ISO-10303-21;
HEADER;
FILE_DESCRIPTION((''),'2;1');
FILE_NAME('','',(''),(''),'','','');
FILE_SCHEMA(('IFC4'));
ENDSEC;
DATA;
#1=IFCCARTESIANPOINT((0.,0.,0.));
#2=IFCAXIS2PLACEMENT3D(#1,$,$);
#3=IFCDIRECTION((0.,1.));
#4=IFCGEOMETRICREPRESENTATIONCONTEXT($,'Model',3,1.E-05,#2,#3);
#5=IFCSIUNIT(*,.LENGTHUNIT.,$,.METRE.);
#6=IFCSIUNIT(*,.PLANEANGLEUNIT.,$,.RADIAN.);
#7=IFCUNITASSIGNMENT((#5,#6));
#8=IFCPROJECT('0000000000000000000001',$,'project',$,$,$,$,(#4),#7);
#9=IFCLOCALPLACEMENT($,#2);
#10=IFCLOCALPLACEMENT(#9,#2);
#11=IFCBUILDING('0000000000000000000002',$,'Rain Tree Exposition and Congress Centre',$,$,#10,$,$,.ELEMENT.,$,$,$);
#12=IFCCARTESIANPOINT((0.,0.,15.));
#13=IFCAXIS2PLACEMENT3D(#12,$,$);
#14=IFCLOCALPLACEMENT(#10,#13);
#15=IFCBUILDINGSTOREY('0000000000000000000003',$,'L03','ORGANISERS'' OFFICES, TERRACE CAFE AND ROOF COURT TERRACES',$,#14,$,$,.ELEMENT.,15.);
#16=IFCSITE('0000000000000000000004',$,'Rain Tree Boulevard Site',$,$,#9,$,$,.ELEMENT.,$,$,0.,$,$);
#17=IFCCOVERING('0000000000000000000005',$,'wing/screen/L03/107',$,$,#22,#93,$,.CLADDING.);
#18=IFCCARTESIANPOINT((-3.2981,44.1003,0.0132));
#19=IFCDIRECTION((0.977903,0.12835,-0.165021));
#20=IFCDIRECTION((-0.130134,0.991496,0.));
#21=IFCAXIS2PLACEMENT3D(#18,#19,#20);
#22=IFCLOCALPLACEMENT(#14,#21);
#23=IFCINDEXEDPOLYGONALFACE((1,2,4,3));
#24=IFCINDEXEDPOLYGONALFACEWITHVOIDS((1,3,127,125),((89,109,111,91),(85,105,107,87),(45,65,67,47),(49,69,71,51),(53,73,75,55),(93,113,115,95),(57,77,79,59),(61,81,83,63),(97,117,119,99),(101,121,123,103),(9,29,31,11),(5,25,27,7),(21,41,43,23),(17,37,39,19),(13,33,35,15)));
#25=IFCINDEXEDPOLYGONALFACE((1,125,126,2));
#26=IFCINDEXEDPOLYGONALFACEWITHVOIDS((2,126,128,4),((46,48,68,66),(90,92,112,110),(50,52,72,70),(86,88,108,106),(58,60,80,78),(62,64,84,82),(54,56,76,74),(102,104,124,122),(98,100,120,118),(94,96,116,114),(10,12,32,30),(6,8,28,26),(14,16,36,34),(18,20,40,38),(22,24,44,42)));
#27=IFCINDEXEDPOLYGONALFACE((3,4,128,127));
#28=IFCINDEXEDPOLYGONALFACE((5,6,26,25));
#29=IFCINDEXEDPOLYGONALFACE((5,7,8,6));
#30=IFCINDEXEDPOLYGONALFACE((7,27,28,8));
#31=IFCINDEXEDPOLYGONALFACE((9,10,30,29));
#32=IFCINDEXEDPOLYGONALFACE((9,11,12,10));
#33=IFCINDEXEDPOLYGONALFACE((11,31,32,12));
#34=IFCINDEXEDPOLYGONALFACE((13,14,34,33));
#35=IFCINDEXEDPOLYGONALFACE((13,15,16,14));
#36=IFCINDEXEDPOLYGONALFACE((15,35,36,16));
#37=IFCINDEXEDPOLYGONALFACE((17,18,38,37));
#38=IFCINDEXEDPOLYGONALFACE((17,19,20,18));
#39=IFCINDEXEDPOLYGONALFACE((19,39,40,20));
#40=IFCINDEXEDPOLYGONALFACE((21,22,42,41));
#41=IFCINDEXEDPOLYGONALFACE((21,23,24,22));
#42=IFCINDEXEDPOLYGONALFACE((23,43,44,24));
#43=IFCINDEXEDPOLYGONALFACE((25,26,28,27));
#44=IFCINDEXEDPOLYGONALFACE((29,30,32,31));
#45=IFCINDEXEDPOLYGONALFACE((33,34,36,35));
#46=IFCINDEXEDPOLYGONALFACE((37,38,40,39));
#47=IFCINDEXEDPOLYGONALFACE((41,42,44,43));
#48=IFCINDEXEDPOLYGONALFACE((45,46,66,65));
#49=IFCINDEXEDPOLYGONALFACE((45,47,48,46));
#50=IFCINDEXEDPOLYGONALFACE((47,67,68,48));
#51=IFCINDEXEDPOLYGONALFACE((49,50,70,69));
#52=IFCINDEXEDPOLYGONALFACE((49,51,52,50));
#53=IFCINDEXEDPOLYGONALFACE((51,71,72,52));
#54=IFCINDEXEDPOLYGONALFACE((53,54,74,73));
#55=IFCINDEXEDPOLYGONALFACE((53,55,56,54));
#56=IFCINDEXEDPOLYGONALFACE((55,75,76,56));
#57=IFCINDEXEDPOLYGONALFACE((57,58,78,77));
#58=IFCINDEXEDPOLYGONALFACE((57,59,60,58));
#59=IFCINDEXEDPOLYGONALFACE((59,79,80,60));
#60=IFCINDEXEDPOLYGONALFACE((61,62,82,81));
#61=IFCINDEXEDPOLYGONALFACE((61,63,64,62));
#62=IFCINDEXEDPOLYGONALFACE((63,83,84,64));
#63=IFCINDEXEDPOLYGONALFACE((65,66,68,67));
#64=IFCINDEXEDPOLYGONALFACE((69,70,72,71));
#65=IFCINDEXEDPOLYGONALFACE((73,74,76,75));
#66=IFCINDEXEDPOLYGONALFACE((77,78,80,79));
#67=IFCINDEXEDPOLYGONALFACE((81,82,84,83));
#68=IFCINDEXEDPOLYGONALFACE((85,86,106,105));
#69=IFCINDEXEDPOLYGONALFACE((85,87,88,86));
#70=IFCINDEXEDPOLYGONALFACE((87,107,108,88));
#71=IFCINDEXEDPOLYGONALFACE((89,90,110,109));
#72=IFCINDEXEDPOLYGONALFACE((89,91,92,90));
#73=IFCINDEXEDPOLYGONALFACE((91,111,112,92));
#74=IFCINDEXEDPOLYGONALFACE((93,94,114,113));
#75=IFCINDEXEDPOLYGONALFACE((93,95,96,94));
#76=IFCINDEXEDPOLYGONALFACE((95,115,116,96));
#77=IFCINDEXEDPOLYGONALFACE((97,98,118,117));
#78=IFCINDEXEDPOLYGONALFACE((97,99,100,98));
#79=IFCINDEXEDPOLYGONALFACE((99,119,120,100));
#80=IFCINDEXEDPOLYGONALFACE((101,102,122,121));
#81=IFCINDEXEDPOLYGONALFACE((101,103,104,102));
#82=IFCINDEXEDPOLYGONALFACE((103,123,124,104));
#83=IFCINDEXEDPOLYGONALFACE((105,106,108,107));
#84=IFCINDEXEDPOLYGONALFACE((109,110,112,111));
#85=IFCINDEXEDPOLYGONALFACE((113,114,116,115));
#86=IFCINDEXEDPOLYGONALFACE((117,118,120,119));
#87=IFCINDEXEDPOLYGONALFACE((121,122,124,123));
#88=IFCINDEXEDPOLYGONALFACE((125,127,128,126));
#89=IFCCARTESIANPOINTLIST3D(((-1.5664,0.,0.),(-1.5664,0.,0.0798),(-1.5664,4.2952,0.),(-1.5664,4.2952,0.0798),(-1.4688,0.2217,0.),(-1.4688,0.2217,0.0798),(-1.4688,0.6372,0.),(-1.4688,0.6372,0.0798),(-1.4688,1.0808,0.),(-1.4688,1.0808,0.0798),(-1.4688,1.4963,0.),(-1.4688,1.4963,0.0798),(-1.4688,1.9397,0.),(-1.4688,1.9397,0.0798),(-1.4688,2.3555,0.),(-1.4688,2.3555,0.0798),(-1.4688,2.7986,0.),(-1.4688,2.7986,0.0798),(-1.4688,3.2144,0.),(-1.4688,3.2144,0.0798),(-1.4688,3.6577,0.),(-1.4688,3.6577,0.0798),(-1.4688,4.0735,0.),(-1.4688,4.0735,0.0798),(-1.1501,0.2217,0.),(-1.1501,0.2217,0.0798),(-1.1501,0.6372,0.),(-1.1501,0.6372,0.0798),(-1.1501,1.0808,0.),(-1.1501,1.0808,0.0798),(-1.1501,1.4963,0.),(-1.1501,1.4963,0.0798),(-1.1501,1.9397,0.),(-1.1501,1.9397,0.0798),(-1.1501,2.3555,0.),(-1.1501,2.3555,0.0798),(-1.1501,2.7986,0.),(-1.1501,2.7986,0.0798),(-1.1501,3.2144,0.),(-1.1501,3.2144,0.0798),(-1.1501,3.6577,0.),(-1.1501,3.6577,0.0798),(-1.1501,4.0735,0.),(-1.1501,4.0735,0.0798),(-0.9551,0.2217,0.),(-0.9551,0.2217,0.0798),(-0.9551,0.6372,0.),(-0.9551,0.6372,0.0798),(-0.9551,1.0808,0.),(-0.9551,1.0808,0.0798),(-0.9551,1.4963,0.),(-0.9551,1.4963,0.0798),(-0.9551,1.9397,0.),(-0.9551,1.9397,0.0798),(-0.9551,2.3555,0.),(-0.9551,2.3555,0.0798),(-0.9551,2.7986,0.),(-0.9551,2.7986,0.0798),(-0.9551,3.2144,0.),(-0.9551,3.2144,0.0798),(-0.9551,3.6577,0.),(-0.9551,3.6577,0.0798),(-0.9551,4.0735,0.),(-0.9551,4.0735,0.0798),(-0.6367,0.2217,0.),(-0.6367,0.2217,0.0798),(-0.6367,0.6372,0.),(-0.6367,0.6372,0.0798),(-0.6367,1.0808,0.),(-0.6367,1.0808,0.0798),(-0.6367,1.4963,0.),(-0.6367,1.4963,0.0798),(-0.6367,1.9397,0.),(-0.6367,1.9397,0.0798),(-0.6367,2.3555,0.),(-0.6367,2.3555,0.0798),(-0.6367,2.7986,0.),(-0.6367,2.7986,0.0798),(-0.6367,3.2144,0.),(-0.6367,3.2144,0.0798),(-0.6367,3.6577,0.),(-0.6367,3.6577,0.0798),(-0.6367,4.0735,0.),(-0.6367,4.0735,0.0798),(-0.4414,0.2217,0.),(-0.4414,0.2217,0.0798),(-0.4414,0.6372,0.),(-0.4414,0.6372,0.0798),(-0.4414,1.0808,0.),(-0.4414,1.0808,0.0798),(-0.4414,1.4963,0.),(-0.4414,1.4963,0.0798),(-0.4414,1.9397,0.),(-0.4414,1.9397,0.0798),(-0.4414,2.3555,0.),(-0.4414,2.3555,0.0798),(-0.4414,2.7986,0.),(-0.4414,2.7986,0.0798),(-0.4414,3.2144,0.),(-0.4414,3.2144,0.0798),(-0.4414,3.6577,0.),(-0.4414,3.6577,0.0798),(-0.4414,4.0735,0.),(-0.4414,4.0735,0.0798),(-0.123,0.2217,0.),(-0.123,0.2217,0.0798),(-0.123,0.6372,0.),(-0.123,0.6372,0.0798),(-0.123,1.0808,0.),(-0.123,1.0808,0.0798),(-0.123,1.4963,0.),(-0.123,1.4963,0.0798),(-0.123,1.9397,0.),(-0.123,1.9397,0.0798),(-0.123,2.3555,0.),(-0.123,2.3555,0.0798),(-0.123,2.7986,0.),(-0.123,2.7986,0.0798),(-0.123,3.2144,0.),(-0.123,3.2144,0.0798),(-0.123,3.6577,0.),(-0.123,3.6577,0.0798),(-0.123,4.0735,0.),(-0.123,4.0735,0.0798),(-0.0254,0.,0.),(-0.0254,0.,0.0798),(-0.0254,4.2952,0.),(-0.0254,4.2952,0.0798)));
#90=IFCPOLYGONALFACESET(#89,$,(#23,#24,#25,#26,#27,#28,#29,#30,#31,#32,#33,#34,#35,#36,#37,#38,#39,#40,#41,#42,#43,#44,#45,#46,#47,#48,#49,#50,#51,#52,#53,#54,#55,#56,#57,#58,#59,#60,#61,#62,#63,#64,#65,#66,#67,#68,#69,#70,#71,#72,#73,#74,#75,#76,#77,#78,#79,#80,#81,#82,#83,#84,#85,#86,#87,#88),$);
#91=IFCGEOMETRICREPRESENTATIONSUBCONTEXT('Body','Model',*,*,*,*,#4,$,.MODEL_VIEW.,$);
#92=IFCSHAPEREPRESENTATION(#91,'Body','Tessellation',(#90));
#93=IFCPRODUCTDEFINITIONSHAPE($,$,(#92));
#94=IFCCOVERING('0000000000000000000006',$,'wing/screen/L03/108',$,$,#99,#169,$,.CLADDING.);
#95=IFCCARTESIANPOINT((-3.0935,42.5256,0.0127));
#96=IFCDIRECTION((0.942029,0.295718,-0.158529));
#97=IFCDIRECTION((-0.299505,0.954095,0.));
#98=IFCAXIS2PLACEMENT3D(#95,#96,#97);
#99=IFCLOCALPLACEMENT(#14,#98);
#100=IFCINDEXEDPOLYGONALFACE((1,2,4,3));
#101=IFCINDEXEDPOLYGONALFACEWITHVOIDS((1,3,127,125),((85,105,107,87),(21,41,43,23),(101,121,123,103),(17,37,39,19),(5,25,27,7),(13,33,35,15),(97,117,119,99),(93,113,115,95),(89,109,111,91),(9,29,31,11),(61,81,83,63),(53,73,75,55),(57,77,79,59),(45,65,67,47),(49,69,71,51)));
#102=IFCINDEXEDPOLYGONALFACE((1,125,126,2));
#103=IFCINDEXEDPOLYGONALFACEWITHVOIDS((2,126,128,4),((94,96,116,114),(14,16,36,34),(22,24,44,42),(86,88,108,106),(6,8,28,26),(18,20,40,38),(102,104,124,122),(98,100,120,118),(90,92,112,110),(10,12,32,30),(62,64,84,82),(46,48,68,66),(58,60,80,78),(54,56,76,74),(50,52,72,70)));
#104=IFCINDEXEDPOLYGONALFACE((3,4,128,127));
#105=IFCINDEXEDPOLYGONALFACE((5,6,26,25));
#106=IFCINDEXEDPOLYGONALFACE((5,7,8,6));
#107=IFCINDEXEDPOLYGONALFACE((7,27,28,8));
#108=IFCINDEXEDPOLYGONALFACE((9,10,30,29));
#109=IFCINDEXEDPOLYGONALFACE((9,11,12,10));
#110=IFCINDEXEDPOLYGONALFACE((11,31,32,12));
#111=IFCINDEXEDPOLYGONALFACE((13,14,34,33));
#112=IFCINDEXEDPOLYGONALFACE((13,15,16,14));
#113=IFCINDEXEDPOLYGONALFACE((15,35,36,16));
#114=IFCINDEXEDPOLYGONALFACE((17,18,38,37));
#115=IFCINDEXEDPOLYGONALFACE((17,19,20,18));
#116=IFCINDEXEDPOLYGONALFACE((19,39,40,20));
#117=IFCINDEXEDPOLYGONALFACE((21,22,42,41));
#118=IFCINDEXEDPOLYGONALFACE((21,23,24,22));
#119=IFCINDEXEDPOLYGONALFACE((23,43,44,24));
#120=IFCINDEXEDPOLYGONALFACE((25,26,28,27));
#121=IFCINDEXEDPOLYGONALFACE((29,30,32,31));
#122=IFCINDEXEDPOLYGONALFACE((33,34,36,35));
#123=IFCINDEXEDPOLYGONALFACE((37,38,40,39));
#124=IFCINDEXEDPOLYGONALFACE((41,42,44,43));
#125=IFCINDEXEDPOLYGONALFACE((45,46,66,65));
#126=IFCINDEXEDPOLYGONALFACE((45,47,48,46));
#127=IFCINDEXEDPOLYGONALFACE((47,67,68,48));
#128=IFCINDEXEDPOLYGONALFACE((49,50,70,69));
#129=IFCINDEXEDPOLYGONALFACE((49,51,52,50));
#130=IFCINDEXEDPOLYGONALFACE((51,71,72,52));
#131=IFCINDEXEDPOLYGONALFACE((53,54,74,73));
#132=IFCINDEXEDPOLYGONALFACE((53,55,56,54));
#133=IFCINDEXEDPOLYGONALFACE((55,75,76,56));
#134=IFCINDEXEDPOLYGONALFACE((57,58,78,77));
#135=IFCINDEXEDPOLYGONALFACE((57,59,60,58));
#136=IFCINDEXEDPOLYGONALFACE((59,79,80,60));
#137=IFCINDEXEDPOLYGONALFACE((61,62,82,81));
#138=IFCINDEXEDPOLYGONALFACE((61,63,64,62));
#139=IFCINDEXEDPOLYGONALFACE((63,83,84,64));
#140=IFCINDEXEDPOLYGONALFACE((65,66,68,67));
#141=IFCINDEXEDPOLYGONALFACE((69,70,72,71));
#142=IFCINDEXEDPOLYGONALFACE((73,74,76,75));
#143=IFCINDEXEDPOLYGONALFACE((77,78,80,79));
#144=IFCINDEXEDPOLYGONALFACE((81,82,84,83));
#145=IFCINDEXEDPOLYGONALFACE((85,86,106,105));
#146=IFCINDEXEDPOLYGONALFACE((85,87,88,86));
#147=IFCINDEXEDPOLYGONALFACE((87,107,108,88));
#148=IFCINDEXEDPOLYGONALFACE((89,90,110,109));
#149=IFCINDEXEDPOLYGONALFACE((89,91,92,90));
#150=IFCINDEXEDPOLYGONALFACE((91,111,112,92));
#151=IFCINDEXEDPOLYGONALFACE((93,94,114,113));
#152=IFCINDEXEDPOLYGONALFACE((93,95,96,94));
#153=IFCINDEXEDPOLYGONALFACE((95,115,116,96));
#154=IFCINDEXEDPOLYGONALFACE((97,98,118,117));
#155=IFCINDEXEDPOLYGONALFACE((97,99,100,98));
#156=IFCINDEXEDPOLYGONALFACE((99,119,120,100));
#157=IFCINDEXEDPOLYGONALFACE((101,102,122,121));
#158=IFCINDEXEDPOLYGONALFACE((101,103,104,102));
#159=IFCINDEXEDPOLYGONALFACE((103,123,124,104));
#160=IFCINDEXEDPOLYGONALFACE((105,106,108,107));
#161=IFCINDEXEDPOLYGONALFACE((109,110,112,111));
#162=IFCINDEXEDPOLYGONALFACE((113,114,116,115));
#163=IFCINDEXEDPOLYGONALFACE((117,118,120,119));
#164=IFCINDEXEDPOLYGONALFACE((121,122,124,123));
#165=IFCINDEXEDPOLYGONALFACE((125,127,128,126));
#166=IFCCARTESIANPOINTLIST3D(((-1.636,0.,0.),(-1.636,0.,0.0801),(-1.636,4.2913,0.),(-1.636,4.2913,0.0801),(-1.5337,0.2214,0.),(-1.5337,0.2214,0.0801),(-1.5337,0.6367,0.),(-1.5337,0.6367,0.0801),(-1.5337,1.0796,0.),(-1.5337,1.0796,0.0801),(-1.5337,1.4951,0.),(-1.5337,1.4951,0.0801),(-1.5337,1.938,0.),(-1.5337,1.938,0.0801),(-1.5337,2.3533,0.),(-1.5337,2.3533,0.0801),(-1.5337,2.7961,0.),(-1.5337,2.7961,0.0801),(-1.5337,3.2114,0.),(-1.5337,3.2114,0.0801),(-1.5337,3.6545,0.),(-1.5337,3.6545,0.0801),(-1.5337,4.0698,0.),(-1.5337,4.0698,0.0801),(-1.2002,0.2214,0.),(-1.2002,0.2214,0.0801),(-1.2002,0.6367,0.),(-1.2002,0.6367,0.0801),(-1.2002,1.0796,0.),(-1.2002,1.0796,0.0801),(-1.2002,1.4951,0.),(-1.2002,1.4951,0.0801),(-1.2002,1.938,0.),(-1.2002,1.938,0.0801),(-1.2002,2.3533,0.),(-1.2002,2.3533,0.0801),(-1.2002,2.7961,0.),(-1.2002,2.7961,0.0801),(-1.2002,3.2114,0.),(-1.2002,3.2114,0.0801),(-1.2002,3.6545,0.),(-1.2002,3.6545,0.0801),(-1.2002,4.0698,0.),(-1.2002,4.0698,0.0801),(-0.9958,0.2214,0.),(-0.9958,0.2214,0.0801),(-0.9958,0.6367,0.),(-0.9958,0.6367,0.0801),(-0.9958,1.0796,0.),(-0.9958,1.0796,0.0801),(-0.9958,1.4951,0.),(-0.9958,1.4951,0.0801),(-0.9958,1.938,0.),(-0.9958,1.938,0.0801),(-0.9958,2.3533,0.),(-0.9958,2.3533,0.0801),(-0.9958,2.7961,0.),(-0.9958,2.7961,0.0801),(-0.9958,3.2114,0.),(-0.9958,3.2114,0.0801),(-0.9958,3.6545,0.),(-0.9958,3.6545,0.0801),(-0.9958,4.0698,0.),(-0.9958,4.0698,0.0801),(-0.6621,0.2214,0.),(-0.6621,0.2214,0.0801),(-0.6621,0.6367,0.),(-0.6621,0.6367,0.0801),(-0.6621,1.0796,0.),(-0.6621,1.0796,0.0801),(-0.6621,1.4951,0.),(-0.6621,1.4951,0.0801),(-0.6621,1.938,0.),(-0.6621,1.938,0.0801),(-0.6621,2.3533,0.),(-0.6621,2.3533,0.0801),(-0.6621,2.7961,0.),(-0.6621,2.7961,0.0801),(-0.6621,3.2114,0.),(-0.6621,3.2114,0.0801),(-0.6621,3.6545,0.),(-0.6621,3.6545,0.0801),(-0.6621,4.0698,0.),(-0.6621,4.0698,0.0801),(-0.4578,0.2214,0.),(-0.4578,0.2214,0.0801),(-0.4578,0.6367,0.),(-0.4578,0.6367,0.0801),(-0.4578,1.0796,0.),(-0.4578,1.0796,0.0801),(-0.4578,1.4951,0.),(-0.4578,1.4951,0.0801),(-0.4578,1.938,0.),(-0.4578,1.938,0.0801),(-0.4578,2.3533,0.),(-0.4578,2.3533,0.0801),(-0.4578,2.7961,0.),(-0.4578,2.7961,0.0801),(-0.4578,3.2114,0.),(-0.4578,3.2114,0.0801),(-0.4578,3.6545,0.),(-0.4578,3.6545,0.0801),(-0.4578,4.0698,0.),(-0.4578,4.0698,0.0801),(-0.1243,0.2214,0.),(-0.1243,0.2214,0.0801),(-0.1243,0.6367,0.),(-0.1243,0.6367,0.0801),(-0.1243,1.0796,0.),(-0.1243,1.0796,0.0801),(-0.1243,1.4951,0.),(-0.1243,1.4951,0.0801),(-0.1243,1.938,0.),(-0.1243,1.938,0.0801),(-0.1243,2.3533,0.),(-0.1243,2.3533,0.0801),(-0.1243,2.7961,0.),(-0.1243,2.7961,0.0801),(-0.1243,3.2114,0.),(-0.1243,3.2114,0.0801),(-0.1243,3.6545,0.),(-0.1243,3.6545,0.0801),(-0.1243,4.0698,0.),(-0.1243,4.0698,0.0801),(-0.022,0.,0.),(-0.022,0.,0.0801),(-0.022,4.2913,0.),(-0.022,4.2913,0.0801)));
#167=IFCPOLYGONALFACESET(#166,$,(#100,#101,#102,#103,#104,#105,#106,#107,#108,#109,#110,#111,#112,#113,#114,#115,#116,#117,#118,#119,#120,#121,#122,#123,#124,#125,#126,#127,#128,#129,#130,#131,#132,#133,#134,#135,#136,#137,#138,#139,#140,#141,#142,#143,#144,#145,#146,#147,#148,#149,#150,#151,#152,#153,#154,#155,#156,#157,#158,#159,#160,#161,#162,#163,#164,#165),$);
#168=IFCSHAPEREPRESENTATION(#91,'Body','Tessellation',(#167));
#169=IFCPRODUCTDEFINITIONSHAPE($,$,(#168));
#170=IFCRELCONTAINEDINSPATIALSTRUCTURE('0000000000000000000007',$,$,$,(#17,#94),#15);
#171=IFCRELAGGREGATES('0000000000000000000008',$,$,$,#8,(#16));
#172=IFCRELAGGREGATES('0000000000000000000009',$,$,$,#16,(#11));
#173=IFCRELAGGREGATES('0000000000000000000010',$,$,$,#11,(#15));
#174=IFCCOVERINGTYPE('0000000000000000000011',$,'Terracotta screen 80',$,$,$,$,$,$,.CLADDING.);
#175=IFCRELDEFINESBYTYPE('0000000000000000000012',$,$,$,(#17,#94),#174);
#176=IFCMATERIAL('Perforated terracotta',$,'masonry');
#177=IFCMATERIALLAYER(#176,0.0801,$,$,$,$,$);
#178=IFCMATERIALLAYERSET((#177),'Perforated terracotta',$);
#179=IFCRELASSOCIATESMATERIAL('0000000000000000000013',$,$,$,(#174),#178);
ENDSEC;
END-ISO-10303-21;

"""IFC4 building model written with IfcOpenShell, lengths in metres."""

from ifc_helpers import new_model, si_unit, direction, frame, origin, place, context, subcontext, project, spatial, polyline, outline, extrude, material, layer, layer_set, type_object, element, save


model = new_model("IFC4")

# Units and contexts
model_context = context("Model", 3, precision=1e-05, world=origin(), true_north=direction((0.0, 1.0)))
body_context = subcontext(model_context, "Body", "Model", "MODEL_VIEW")
ifc_project = project(units=[si_unit("LENGTHUNIT", "METRE"), si_unit("PLANEANGLEUNIT", "RADIAN")], contexts=[model_context])

# Site, building, storey
site_placement = place(None, origin())
site = spatial("IfcSite", under=ifc_project, at=site_placement, Name="Rain Tree Boulevard Site", CompositionType="ELEMENT", RefElevation=0.0)
building_placement = place(site_placement, origin())
building = spatial("IfcBuilding", under=site, at=building_placement, Name="Rain Tree Exposition and Congress Centre", CompositionType="ELEMENT")
storey_placement = place(building_placement, frame((0.0, 0.0, 15.0)))
storey = spatial("IfcBuildingStorey", under=building, at=storey_placement, Name="L03", Description="ORGANISERS' OFFICES, TERRACE CAFE AND ROOF COURT TERRACES", CompositionType="ELEMENT", Elevation=15.0)

# Coverings
ifc_material_1 = material(Name="Perforated terracotta", Category="masonry")
ifc_layer_1 = layer(ifc_material_1, 0.0801)
ifc_layer_set_1 = layer_set([ifc_layer_1], Name="Perforated terracotta")
covering_type = type_object("IfcCoveringType", Name="Terracotta screen 80", PredefinedType="CLADDING", material=ifc_layer_set_1)
covering_1_placement = place(storey_placement, frame((-3.2981, 44.1003, 0.0132), z_axis=(0.977903, 0.12835, -0.165021), x_axis=(-0.130134, 0.991496, 0.0)))
element("IfcCovering", 1, at=covering_1_placement, inside=storey, type_object=covering_type, Name="wing/screen/L03/107", PredefinedType="CLADDING", context=body_context, shape_type="SweptSolid", body=[
    extrude(outline(polyline([(-1.5664, 0.0), (-1.5664, 4.2952), (-0.0254, 4.2952), (-0.0254, 0.0), (-1.5664, 0.0)]), holes=[polyline([(-0.123, 0.2217), (-0.123, 0.6372), (-0.4414, 0.6372), (-0.4414, 0.2217), (-0.123, 0.2217)]), polyline([(-0.123, 1.0808), (-0.123, 1.4963), (-0.4414, 1.4963), (-0.4414, 1.0808), (-0.123, 1.0808)]), polyline([(-0.123, 1.9397), (-0.123, 2.3555), (-0.4414, 2.3555), (-0.4414, 1.9397), (-0.123, 1.9397)]), polyline([(-0.123, 2.7986), (-0.123, 3.2144), (-0.4414, 3.2144), (-0.4414, 2.7986), (-0.123, 2.7986)]), polyline([(-0.123, 3.6577), (-0.123, 4.0735), (-0.4414, 4.0735), (-0.4414, 3.6577), (-0.123, 3.6577)]), polyline([(-0.6367, 0.2217), (-0.6367, 0.6372), (-0.9551, 0.6372), (-0.9551, 0.2217), (-0.6367, 0.2217)]), polyline([(-0.6367, 1.0808), (-0.6367, 1.4963), (-0.9551, 1.4963), (-0.9551, 1.0808), (-0.6367, 1.0808)]), polyline([(-0.6367, 1.9397), (-0.6367, 2.3555), (-0.9551, 2.3555), (-0.9551, 1.9397), (-0.6367, 1.9397)]), polyline([(-0.6367, 2.7986), (-0.6367, 3.2144), (-0.9551, 3.2144), (-0.9551, 2.7986), (-0.6367, 2.7986)]), polyline([(-0.6367, 3.6577), (-0.6367, 4.0735), (-0.9551, 4.0735), (-0.9551, 3.6577), (-0.6367, 3.6577)]), polyline([(-1.1501, 0.2217), (-1.1501, 0.6372), (-1.4688, 0.6372), (-1.4688, 0.2217), (-1.1501, 0.2217)]), polyline([(-1.1501, 1.0808), (-1.1501, 1.4963), (-1.4688, 1.4963), (-1.4688, 1.0808), (-1.1501, 1.0808)]), polyline([(-1.1501, 1.9397), (-1.1501, 2.3555), (-1.4688, 2.3555), (-1.4688, 1.9397), (-1.1501, 1.9397)]), polyline([(-1.1501, 2.7986), (-1.1501, 3.2144), (-1.4688, 3.2144), (-1.4688, 2.7986), (-1.1501, 2.7986)]), polyline([(-1.1501, 3.6577), (-1.1501, 4.0735), (-1.4688, 4.0735), (-1.4688, 3.6577), (-1.1501, 3.6577)])]), origin(), (0.0, 0.0, 1.0), 0.0798),
])
covering_2_placement = place(storey_placement, frame((-3.0935, 42.5256, 0.0127), z_axis=(0.942029, 0.295718, -0.158529), x_axis=(-0.299505, 0.954095, 0.0)))
element("IfcCovering", 2, at=covering_2_placement, inside=storey, type_object=covering_type, Name="wing/screen/L03/108", PredefinedType="CLADDING", context=body_context, shape_type="SweptSolid", body=[
    extrude(outline(polyline([(-1.636, 0.0), (-1.636, 4.2913), (-0.022, 4.2913), (-0.022, 0.0), (-1.636, 0.0)]), holes=[polyline([(-0.1243, 0.2214), (-0.1243, 0.6367), (-0.4578, 0.6367), (-0.4578, 0.2214), (-0.1243, 0.2214)]), polyline([(-0.1243, 1.0796), (-0.1243, 1.4951), (-0.4578, 1.4951), (-0.4578, 1.0796), (-0.1243, 1.0796)]), polyline([(-0.1243, 1.938), (-0.1243, 2.3533), (-0.4578, 2.3533), (-0.4578, 1.938), (-0.1243, 1.938)]), polyline([(-0.1243, 2.7961), (-0.1243, 3.2114), (-0.4578, 3.2114), (-0.4578, 2.7961), (-0.1243, 2.7961)]), polyline([(-0.1243, 3.6545), (-0.1243, 4.0698), (-0.4578, 4.0698), (-0.4578, 3.6545), (-0.1243, 3.6545)]), polyline([(-0.6621, 0.2214), (-0.6621, 0.6367), (-0.9958, 0.6367), (-0.9958, 0.2214), (-0.6621, 0.2214)]), polyline([(-0.6621, 1.0796), (-0.6621, 1.4951), (-0.9958, 1.4951), (-0.9958, 1.0796), (-0.6621, 1.0796)]), polyline([(-0.6621, 1.938), (-0.6621, 2.3533), (-0.9958, 2.3533), (-0.9958, 1.938), (-0.6621, 1.938)]), polyline([(-0.6621, 2.7961), (-0.6621, 3.2114), (-0.9958, 3.2114), (-0.9958, 2.7961), (-0.6621, 2.7961)]), polyline([(-0.6621, 3.6545), (-0.6621, 4.0698), (-0.9958, 4.0698), (-0.9958, 3.6545), (-0.6621, 3.6545)]), polyline([(-1.2002, 0.2214), (-1.2002, 0.6367), (-1.5337, 0.6367), (-1.5337, 0.2214), (-1.2002, 0.2214)]), polyline([(-1.2002, 1.0796), (-1.2002, 1.4951), (-1.5337, 1.4951), (-1.5337, 1.0796), (-1.2002, 1.0796)]), polyline([(-1.2002, 1.938), (-1.2002, 2.3533), (-1.5337, 2.3533), (-1.5337, 1.938), (-1.2002, 1.938)]), polyline([(-1.2002, 2.7961), (-1.2002, 3.2114), (-1.5337, 3.2114), (-1.5337, 2.7961), (-1.2002, 2.7961)]), polyline([(-1.2002, 3.6545), (-1.2002, 4.0698), (-1.5337, 4.0698), (-1.5337, 3.6545), (-1.2002, 3.6545)])]), origin(), (0.0, 0.0, 1.0), 0.0801),
])

save(model, "model.ifc")
